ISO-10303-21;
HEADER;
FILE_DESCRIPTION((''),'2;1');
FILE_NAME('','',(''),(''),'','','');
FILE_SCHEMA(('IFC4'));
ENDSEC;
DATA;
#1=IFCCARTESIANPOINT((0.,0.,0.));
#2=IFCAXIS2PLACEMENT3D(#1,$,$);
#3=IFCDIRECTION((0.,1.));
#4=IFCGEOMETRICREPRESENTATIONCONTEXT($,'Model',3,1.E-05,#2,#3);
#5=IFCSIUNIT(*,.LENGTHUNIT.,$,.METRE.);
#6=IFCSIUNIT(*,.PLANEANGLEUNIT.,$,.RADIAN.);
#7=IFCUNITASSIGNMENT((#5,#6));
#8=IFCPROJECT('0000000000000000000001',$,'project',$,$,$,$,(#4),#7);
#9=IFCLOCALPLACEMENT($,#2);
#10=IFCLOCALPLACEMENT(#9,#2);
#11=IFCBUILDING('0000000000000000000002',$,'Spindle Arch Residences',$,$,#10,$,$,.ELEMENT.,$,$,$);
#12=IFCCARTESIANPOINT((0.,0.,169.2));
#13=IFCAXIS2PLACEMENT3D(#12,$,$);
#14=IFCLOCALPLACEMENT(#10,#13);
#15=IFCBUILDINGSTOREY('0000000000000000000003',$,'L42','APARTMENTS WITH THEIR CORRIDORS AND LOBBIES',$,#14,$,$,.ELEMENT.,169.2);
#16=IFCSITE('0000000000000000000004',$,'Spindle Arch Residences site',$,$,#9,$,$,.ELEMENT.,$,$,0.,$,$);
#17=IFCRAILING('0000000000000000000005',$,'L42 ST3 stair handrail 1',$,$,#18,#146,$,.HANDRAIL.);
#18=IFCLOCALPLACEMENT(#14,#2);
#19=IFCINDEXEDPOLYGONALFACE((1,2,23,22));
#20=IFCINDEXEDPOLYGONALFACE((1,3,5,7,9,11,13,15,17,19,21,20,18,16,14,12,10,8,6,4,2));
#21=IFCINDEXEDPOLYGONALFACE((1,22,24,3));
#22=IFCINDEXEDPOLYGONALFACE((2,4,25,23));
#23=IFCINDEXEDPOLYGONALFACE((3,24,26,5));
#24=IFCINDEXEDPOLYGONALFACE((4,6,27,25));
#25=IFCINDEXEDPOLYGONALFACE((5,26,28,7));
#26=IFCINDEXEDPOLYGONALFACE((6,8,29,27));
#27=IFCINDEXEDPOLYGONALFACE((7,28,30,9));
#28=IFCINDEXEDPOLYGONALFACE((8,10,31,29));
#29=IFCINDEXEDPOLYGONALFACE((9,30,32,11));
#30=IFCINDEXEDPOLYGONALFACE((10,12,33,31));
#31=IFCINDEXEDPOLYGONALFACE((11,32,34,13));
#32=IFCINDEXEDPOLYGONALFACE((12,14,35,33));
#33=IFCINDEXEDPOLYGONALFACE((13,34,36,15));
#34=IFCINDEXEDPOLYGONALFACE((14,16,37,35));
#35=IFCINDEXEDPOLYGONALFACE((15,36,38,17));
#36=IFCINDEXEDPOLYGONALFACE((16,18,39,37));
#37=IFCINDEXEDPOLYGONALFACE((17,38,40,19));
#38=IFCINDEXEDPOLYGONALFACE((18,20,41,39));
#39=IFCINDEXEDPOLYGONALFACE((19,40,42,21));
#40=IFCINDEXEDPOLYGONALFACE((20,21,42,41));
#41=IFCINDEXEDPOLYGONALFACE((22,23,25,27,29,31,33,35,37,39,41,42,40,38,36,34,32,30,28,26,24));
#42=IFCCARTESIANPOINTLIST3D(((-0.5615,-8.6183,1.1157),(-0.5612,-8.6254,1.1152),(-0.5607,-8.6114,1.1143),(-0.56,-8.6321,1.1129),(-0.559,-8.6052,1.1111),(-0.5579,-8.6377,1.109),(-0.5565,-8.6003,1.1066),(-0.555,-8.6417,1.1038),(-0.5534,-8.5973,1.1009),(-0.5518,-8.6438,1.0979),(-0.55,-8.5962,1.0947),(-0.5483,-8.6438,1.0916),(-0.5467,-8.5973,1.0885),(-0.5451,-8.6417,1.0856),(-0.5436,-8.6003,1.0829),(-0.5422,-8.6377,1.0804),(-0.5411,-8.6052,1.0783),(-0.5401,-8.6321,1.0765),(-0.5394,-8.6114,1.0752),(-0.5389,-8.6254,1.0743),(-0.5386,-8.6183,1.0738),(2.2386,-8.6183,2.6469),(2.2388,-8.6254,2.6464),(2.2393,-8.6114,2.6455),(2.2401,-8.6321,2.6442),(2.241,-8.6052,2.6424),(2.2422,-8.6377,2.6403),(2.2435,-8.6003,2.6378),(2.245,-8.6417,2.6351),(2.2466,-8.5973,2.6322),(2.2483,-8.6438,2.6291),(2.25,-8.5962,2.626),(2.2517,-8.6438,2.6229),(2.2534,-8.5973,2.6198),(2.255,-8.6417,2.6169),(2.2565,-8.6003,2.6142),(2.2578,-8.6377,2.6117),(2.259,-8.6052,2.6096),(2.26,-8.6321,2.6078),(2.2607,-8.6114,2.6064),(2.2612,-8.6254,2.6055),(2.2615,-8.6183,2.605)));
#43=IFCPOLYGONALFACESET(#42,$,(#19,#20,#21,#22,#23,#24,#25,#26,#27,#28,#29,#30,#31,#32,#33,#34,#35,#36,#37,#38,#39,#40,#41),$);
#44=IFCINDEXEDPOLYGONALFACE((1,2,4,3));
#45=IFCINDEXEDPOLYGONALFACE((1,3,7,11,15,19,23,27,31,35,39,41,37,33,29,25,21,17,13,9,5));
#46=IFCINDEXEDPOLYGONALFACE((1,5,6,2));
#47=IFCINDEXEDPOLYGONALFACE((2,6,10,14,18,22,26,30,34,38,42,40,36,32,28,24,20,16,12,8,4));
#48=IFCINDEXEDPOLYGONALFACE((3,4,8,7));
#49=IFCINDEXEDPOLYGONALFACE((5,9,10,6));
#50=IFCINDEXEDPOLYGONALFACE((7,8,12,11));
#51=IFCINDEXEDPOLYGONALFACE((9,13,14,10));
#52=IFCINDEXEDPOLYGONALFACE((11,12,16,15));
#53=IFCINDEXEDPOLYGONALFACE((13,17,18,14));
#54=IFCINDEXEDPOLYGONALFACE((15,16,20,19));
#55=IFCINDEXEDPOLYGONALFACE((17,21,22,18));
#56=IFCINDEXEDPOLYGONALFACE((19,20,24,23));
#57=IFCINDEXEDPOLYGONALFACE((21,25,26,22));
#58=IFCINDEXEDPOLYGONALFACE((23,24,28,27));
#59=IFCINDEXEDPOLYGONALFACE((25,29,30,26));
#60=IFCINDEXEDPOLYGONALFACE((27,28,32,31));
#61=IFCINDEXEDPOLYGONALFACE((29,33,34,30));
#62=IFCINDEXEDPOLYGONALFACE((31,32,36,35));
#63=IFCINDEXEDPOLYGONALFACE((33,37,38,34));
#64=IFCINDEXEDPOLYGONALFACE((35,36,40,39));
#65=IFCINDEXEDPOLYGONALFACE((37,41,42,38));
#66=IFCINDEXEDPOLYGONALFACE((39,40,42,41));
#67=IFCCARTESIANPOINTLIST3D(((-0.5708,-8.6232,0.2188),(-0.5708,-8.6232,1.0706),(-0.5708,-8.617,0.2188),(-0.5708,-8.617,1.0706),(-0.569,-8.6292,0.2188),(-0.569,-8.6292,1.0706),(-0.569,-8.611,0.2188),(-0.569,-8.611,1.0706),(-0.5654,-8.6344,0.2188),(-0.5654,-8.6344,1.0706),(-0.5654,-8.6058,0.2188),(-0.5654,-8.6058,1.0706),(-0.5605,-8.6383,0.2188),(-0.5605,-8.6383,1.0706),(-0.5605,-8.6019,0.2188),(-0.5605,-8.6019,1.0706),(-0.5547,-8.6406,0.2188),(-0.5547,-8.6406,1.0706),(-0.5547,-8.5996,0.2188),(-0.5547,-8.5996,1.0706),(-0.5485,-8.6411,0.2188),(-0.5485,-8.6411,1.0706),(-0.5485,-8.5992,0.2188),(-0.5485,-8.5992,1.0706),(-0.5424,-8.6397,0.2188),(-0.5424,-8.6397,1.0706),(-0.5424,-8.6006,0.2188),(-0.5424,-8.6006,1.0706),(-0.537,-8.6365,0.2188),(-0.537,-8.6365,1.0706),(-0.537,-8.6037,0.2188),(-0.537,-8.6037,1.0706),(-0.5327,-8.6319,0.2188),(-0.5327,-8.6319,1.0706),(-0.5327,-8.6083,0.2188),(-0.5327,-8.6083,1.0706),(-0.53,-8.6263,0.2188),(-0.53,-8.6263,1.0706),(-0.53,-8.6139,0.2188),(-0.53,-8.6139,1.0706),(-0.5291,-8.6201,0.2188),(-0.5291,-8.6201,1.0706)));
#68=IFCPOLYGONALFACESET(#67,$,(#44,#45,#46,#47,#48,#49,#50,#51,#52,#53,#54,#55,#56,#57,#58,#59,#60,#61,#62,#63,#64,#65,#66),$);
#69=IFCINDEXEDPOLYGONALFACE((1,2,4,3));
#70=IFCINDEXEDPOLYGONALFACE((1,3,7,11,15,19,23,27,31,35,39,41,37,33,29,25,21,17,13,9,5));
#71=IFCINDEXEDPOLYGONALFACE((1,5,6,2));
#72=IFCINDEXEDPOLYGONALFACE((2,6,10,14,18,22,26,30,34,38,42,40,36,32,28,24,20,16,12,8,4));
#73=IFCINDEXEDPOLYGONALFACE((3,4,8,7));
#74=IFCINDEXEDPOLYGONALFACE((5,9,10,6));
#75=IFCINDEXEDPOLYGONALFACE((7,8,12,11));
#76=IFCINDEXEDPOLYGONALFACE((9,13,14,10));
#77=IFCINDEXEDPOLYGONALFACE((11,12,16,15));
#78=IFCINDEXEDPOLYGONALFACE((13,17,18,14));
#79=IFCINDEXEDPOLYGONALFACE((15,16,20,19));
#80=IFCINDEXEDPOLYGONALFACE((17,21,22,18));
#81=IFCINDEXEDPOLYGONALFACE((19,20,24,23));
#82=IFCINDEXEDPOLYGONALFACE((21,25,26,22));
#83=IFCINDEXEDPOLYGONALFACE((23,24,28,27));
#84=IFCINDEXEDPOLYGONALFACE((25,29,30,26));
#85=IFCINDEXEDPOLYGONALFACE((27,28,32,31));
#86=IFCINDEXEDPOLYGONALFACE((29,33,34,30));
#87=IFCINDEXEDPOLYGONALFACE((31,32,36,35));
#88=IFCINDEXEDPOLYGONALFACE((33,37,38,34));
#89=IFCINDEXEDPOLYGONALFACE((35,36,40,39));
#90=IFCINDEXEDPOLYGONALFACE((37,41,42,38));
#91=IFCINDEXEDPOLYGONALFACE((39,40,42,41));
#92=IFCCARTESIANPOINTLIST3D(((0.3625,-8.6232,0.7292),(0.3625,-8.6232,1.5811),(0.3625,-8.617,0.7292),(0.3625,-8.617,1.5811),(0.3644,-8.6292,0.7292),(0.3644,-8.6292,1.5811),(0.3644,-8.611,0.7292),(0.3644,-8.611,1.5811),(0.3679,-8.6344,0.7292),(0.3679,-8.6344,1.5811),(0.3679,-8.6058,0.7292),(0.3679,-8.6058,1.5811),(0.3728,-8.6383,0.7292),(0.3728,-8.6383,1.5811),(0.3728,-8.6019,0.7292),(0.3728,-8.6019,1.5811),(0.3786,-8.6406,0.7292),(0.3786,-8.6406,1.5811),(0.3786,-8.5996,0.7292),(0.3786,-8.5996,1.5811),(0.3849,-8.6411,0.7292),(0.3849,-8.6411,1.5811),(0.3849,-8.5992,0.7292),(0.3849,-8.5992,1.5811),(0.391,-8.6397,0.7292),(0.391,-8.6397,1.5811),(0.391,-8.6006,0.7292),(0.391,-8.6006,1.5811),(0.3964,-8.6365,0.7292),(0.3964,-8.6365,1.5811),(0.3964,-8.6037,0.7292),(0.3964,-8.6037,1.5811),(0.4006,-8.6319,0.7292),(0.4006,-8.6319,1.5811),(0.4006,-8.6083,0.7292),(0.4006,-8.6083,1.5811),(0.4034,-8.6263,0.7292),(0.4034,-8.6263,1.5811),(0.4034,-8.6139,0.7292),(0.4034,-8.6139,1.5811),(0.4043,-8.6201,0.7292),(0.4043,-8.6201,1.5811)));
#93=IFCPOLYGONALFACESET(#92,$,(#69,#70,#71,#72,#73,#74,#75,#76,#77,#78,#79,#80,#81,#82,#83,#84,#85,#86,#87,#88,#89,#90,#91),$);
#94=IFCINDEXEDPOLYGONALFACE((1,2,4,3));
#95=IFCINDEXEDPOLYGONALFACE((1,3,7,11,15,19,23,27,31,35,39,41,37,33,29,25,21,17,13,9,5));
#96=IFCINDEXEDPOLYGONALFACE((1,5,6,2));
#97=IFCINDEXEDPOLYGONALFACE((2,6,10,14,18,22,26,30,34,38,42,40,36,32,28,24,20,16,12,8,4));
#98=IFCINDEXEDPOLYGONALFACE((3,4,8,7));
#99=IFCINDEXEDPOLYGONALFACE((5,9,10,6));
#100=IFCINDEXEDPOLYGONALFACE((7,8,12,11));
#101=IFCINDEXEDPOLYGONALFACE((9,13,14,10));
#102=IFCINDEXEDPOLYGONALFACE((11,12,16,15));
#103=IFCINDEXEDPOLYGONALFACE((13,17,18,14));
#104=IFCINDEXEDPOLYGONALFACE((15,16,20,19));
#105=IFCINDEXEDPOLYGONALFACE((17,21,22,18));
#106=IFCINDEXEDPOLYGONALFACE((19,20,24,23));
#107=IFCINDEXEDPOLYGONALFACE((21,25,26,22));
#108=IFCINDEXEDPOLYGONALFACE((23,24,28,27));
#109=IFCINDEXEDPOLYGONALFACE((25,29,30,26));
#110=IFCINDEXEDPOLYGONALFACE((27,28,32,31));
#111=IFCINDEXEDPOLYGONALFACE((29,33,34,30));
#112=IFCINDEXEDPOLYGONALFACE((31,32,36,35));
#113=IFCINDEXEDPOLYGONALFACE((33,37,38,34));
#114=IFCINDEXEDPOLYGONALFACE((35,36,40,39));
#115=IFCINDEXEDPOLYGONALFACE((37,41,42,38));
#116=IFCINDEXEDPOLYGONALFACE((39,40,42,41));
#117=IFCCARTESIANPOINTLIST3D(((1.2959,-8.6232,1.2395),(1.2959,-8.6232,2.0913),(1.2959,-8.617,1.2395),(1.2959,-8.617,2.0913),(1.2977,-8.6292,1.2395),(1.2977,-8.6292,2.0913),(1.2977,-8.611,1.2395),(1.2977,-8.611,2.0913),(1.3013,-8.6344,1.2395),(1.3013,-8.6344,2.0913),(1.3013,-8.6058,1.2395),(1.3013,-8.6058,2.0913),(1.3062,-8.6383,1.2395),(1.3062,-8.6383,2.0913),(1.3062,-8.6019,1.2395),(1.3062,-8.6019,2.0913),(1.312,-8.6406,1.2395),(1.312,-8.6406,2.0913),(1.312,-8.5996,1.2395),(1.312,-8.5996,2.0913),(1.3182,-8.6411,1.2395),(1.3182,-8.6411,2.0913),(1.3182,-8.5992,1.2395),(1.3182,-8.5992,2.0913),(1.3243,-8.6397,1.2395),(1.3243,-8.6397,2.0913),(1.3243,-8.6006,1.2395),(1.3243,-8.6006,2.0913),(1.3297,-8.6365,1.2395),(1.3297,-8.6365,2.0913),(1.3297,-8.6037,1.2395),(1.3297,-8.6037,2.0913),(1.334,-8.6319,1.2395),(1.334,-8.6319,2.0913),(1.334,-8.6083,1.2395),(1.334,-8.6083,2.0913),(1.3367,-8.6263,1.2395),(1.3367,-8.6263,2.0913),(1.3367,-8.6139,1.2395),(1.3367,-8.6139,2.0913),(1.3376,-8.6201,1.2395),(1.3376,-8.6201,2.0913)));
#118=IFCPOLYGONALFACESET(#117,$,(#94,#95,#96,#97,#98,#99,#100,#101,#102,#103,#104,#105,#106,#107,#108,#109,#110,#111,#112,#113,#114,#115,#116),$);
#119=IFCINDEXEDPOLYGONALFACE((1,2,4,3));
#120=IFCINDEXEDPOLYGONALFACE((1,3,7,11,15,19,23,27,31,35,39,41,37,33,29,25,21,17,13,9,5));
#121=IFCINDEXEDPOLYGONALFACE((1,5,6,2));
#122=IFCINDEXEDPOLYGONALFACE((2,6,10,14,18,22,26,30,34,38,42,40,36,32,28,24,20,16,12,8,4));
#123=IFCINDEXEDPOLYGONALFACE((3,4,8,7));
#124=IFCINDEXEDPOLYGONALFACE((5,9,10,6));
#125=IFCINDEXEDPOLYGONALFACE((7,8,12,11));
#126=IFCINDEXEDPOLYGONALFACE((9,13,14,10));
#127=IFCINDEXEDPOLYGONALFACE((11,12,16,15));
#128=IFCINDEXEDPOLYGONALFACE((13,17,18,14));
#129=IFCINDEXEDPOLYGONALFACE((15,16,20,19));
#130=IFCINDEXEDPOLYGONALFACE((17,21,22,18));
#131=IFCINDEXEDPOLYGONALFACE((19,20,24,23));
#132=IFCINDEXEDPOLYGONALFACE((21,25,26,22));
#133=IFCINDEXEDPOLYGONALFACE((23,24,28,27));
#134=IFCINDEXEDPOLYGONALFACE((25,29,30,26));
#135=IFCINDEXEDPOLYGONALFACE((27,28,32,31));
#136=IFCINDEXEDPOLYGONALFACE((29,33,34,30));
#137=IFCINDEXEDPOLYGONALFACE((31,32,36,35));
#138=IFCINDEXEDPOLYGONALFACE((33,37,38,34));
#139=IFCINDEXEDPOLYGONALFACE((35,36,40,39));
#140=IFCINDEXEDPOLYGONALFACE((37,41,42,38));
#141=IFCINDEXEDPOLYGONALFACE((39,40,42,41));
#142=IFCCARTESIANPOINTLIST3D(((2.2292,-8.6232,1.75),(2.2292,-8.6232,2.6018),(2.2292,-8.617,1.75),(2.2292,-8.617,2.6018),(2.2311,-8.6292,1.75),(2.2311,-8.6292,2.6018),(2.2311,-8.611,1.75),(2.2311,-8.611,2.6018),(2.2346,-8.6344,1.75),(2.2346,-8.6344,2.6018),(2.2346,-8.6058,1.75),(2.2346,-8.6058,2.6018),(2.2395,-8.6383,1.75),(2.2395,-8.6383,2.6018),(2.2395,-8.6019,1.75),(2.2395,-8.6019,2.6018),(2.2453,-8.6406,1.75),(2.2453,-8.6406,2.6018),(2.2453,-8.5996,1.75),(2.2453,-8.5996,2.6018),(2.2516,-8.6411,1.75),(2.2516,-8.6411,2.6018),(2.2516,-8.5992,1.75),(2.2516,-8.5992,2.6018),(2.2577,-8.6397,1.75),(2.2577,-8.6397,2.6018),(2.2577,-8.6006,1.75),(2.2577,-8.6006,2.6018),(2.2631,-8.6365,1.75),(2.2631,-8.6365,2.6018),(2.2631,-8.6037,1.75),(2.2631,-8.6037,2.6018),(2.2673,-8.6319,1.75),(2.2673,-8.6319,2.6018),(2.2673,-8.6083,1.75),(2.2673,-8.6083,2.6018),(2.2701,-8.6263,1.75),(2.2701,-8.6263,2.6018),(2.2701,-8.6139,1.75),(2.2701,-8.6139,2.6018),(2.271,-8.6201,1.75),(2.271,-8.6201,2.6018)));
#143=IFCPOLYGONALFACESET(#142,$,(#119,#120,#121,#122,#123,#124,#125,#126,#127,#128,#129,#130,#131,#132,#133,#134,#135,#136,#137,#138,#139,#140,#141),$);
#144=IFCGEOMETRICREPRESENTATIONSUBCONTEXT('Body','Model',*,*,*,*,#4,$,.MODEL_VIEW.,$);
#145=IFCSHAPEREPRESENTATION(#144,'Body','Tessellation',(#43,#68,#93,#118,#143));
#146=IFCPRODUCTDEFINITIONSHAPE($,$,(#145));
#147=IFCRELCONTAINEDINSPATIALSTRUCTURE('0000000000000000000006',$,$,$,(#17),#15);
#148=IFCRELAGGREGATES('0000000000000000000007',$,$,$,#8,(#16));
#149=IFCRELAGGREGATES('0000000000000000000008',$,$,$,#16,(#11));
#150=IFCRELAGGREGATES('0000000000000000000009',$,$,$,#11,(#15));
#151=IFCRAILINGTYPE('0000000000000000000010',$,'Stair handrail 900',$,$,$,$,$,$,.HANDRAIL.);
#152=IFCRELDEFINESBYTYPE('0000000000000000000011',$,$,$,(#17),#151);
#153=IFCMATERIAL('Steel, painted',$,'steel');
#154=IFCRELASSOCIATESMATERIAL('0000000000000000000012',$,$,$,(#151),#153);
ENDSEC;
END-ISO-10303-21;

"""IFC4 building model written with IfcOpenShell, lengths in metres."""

from ifc_helpers import new_model, si_unit, direction, frame, origin, origin_2d, place, context, subcontext, project, spatial, circle, extrude, material, type_object, element, save


model = new_model("IFC4")

# Units and contexts
model_context = context("Model", 3, precision=1e-05, world=origin(), true_north=direction((0.0, 1.0)))
body_context = subcontext(model_context, "Body", "Model", "MODEL_VIEW")
ifc_project = project(units=[si_unit("LENGTHUNIT", "METRE"), si_unit("PLANEANGLEUNIT", "RADIAN")], contexts=[model_context])

# Site, building, storey
site_placement = place(None, origin())
site = spatial("IfcSite", under=ifc_project, at=site_placement, Name="Spindle Arch Residences site", CompositionType="ELEMENT", RefElevation=0.0)
building_placement = place(site_placement, origin())
building = spatial("IfcBuilding", under=site, at=building_placement, Name="Spindle Arch Residences", CompositionType="ELEMENT")
storey_placement = place(building_placement, frame((0.0, 0.0, 169.2)))
storey = spatial("IfcBuildingStorey", under=building, at=storey_placement, Name="L42", Description="APARTMENTS WITH THEIR CORRIDORS AND LOBBIES", CompositionType="ELEMENT", Elevation=169.2)

# Railing
ifc_material_1 = material(Name="Steel, painted", Category="steel")
railing_type_1 = type_object("IfcRailingType", Name="Stair handrail 900", PredefinedType="HANDRAIL", material=ifc_material_1)
railing_1_placement = place(storey_placement, frame((-0.55, -8.6201, 0.2188)))
element("IfcRailing", 1, at=railing_1_placement, inside=storey, type_object=railing_type_1, Name="L42 ST3 stair handrail 1", PredefinedType="HANDRAIL", context=body_context, shape_type="SweptSolid", body=[
    extrude(circle(Radius=0.0239, at=origin_2d()), frame((0.0, 0.0, 0.876), z_axis=(0.877375, 0.0, 0.479806), x_axis=(0.0, 1.0, 0.0)), (0.0, 0.0, 1.0), 3.1914),
    extrude(circle(Radius=0.021, at=origin_2d()), origin(), (0.0, 0.0, 1.0), 0.8518),
    extrude(circle(Radius=0.021, at=origin_2d()), frame((0.9333, 0.0, 0.5105)), (0.0, 0.0, 1.0), 0.8518),
    extrude(circle(Radius=0.021, at=origin_2d()), frame((1.8667, 0.0, 1.0208)), (0.0, 0.0, 1.0), 0.8518),
    extrude(circle(Radius=0.021, at=origin_2d()), frame((2.8, 0.0, 1.5312)), (0.0, 0.0, 1.0), 0.8518),
])

save(model, "model.ifc")
